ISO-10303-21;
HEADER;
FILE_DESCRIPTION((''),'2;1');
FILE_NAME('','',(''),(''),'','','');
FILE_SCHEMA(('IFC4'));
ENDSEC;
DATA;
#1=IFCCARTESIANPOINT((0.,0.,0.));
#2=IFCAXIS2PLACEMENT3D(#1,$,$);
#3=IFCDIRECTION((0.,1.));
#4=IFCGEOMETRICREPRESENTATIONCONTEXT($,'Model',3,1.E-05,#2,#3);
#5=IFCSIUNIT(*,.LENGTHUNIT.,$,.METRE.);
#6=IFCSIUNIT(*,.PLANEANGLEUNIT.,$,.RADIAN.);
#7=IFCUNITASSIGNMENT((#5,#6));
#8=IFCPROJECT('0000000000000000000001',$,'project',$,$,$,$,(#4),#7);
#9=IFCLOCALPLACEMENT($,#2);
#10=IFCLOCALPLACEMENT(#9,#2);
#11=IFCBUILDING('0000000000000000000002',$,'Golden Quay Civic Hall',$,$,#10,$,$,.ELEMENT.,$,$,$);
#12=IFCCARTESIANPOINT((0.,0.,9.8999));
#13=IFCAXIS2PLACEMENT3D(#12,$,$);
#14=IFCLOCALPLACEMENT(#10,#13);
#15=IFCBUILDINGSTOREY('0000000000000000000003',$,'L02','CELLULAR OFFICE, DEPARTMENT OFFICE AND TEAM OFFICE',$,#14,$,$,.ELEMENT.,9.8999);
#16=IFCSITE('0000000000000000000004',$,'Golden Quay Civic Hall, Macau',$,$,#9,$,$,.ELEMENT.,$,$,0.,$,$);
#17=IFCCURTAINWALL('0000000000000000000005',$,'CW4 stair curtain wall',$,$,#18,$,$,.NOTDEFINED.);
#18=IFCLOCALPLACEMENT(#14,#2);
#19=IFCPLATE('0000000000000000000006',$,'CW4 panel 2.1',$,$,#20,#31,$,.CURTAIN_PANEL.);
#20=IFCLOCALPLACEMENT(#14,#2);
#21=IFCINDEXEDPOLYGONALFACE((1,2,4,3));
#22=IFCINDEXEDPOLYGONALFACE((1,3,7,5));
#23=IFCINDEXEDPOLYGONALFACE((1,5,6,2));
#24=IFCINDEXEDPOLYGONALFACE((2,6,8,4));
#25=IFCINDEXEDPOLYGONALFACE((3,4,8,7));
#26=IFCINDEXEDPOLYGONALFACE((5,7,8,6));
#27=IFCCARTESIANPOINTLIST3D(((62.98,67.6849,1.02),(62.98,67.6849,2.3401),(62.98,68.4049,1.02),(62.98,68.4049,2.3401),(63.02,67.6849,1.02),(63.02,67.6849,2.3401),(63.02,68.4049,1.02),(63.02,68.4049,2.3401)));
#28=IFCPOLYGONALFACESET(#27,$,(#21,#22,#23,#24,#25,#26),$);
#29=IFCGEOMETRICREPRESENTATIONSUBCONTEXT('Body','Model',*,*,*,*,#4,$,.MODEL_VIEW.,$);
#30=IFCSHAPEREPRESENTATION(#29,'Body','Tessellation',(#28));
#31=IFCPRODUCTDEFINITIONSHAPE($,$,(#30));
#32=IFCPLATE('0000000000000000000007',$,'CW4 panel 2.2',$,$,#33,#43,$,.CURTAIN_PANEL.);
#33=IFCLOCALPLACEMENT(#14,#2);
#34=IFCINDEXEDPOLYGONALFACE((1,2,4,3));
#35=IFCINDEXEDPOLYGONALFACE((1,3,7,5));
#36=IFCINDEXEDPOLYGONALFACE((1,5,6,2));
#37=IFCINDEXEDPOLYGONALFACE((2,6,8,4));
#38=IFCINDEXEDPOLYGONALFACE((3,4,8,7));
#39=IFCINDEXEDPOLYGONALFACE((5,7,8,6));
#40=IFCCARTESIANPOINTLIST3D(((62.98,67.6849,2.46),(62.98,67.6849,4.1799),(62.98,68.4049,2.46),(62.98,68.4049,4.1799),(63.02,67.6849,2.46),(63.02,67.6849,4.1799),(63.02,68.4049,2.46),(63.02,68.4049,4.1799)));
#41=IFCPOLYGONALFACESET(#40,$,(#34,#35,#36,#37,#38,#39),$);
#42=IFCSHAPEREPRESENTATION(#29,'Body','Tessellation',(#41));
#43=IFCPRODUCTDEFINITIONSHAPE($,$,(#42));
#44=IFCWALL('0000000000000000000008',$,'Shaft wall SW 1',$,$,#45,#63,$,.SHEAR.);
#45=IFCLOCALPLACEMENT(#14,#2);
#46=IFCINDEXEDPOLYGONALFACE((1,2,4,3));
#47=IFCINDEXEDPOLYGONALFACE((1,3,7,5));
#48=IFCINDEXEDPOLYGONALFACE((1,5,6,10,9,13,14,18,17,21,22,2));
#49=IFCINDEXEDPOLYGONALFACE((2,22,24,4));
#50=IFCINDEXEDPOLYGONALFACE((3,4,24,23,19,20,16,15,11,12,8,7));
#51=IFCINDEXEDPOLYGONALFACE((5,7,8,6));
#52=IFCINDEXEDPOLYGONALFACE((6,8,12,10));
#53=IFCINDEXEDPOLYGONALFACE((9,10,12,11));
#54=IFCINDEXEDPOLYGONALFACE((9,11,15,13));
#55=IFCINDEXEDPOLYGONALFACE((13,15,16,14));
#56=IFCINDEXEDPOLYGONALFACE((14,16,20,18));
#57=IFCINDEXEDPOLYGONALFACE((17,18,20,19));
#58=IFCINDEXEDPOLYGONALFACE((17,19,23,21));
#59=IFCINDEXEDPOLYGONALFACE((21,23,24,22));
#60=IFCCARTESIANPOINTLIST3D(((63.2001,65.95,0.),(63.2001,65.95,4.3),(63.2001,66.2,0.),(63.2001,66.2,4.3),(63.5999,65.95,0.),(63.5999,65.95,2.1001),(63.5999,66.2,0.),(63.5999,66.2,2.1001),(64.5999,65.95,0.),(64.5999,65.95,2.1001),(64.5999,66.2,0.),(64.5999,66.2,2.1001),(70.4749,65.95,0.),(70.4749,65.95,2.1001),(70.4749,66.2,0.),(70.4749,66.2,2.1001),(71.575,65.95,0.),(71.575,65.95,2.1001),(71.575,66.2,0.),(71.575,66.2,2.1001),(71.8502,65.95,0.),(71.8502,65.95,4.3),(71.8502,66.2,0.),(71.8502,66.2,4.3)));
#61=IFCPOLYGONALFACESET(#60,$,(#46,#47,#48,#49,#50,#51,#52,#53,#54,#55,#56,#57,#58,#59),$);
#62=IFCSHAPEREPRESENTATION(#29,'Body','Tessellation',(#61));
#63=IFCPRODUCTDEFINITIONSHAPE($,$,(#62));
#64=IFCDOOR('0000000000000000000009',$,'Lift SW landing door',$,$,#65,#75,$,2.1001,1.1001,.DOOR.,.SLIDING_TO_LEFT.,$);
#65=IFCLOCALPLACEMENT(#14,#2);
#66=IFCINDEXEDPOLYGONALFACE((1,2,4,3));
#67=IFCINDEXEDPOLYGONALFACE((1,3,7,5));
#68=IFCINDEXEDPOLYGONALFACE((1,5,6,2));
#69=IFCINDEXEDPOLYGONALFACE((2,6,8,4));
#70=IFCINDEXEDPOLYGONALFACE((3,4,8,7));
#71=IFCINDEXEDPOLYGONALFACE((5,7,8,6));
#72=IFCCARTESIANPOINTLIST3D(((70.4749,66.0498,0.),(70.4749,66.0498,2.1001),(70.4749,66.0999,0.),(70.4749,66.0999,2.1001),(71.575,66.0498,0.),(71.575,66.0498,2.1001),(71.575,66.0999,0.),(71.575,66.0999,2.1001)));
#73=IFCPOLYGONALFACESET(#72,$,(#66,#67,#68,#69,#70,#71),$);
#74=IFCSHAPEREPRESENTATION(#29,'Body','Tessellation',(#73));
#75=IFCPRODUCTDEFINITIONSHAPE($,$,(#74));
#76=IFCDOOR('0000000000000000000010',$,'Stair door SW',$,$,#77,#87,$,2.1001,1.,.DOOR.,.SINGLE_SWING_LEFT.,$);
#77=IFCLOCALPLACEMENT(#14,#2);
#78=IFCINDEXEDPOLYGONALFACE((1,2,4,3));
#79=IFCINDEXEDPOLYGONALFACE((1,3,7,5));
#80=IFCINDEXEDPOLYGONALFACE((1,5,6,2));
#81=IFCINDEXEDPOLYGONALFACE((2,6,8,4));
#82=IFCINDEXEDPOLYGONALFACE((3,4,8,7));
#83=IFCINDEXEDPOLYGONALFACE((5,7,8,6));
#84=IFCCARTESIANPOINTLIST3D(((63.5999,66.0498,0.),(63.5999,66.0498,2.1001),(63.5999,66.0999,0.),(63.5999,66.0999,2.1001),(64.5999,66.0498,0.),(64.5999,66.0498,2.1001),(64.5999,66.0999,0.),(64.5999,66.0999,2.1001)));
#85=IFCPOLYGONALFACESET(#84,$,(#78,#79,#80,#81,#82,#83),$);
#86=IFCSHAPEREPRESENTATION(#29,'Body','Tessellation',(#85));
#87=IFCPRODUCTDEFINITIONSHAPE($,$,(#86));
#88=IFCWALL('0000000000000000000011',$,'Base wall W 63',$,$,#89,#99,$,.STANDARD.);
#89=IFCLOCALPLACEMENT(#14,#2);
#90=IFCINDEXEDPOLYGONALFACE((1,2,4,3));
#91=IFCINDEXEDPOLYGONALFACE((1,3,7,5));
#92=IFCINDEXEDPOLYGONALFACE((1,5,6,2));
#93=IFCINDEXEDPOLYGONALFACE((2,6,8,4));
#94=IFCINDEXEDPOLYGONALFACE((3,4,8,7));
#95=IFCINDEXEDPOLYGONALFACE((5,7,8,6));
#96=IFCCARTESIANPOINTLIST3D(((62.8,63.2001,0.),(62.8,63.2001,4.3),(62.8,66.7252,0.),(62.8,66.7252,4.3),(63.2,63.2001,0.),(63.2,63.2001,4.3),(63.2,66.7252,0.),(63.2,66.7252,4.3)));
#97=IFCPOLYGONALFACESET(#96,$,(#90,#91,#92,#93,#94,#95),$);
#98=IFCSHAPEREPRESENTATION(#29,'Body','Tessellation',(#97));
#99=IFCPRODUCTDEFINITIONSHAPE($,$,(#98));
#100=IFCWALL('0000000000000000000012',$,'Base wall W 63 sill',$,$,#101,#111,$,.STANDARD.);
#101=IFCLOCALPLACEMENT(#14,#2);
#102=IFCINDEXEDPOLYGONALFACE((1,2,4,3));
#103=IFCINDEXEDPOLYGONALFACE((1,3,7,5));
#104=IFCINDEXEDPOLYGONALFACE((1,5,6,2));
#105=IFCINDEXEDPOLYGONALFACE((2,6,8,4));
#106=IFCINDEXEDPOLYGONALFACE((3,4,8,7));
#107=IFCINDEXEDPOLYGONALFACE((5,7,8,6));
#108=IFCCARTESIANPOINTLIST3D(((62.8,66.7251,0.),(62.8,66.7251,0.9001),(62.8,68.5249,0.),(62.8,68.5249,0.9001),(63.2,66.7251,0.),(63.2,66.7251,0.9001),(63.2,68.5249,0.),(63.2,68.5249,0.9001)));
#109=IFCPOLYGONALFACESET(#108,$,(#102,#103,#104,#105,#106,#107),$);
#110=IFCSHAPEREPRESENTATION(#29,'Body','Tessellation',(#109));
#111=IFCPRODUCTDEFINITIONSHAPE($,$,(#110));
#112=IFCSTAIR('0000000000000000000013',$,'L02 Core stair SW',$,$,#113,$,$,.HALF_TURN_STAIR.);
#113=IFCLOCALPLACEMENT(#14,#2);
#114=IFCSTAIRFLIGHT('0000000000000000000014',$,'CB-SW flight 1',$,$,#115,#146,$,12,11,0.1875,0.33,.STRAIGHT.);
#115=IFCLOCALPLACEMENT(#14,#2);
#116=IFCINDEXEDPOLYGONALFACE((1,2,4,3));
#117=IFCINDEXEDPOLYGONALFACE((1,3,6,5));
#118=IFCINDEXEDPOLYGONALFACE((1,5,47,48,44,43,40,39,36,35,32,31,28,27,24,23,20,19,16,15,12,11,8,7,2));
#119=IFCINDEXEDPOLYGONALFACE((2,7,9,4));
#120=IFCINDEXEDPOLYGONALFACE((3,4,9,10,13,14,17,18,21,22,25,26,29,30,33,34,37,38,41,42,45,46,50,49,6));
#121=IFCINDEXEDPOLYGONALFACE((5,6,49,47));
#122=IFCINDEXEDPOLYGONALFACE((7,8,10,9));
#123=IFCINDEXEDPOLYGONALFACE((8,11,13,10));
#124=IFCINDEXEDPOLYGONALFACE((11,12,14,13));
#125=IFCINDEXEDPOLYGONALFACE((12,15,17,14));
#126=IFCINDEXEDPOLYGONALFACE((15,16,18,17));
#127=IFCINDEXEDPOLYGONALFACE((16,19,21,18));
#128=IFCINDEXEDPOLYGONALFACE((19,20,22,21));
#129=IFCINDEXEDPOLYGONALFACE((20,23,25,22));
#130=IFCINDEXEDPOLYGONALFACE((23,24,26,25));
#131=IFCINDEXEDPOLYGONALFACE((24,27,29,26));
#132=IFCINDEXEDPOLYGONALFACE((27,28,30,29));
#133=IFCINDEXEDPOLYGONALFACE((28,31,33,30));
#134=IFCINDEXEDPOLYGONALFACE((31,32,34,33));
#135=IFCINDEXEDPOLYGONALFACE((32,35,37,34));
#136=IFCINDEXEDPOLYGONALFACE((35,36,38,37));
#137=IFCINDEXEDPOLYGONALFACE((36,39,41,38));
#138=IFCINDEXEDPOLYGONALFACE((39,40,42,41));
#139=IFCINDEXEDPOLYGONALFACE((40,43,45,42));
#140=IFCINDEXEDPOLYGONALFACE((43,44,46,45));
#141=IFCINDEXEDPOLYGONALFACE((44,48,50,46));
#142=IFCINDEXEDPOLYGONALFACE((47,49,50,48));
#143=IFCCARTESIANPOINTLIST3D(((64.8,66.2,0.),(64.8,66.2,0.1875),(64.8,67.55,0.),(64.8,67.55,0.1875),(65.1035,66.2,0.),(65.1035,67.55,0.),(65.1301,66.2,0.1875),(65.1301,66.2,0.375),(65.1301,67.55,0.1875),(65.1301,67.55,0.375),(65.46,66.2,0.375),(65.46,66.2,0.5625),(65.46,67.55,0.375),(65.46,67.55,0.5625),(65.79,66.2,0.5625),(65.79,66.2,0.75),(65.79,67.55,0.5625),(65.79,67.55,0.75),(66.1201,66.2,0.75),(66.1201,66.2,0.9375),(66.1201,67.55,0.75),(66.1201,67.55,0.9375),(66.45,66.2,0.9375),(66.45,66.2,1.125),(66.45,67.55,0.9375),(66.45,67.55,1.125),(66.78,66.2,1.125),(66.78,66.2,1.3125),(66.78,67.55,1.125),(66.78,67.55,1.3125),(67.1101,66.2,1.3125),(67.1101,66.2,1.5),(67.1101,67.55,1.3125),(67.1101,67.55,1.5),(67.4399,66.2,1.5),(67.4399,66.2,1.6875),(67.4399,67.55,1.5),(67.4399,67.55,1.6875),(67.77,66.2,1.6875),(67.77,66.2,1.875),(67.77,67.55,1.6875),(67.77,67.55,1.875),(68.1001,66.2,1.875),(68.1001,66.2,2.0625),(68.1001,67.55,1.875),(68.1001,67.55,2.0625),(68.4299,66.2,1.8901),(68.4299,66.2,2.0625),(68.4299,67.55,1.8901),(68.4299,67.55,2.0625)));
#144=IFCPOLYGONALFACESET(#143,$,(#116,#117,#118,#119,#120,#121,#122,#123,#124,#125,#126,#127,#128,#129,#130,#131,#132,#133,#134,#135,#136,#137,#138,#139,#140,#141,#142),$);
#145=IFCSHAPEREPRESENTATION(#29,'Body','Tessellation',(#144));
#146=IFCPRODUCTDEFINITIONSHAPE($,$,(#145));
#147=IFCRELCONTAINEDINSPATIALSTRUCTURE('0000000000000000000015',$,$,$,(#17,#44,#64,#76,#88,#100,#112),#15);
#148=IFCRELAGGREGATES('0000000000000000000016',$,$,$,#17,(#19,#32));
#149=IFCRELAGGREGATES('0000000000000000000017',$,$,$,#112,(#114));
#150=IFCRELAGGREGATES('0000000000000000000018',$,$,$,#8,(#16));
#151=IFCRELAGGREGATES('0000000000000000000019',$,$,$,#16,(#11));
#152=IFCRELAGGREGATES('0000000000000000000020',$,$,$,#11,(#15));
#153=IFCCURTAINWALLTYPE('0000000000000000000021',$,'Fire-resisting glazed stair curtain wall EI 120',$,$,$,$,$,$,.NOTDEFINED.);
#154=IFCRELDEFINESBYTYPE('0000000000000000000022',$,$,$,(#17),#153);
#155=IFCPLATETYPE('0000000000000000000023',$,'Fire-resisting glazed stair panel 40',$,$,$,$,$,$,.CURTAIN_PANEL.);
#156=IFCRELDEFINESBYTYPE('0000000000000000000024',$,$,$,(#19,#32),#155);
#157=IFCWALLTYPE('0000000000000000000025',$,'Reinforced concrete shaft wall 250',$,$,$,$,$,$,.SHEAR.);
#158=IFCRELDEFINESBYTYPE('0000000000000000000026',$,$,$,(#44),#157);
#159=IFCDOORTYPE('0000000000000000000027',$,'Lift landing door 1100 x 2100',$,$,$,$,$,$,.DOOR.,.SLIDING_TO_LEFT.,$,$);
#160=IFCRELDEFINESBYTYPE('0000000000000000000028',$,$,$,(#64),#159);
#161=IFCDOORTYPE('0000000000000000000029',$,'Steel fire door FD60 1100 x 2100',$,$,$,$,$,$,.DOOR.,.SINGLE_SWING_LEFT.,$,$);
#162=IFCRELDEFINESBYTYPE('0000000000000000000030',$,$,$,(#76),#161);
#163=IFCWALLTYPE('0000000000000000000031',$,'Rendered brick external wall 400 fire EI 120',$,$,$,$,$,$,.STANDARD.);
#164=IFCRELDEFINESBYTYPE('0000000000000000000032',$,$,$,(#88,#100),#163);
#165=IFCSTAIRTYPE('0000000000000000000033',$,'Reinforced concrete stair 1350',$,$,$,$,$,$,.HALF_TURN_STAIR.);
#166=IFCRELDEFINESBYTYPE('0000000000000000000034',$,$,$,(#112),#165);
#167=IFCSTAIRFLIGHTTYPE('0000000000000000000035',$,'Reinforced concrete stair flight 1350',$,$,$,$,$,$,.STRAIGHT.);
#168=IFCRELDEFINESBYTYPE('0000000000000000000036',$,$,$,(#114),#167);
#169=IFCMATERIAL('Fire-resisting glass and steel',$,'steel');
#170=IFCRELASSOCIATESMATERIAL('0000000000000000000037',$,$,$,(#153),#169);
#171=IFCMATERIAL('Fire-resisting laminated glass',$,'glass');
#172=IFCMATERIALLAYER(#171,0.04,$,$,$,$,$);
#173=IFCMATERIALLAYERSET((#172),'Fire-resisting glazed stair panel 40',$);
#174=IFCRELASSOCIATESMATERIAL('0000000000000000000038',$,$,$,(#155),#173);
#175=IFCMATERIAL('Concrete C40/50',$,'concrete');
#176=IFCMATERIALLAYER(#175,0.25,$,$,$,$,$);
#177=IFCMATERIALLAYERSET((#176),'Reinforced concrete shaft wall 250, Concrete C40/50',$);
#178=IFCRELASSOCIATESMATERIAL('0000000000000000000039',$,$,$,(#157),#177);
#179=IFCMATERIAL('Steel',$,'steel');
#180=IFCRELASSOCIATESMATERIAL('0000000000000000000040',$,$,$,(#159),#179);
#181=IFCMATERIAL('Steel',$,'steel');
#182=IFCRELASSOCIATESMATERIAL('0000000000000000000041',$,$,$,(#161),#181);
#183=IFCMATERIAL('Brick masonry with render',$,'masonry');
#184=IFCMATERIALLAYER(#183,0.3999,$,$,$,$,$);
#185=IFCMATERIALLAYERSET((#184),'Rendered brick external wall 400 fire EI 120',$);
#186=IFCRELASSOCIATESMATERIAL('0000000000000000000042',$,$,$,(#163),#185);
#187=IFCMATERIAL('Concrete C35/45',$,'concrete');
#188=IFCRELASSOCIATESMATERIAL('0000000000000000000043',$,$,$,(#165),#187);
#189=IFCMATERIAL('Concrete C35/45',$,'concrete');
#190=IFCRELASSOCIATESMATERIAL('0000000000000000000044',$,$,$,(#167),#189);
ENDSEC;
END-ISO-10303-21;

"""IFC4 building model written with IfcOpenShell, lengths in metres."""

from ifc_helpers import new_model, si_unit, direction, frame, frame_2d, origin, origin_2d, place, context, subcontext, project, spatial, polyline, rectangle, outline, extrude, material, layer, layer_set, type_object, element, fill, aggregate, save


model = new_model("IFC4")

# Units and contexts
model_context = context("Model", 3, precision=1e-05, world=origin(), true_north=direction((0.0, 1.0)))
body_context = subcontext(model_context, "Body", "Model", "MODEL_VIEW")
ifc_project = project(units=[si_unit("LENGTHUNIT", "METRE"), si_unit("PLANEANGLEUNIT", "RADIAN")], contexts=[model_context])

# Site, building, storey
site_placement = place(None, origin())
site = spatial("IfcSite", under=ifc_project, at=site_placement, Name="Golden Quay Civic Hall, Macau", CompositionType="ELEMENT", RefElevation=0.0)
building_placement = place(site_placement, origin())
building = spatial("IfcBuilding", under=site, at=building_placement, Name="Golden Quay Civic Hall", CompositionType="ELEMENT")
storey_placement = place(building_placement, frame((0.0, 0.0, 9.8999)))
storey = spatial("IfcBuildingStorey", under=building, at=storey_placement, Name="L02", Description="CELLULAR OFFICE, DEPARTMENT OFFICE AND TEAM OFFICE", CompositionType="ELEMENT", Elevation=9.8999)

# Curtain wall, plates
ifc_material_1 = material(Name="Fire-resisting glass and steel", Category="steel")
curtain_wall_type = type_object("IfcCurtainWallType", Name="Fire-resisting glazed stair curtain wall EI 120", PredefinedType="NOTDEFINED", material=ifc_material_1)
curtain_wall_placement = place(storey_placement, origin())
curtain_wall = element("IfcCurtainWall", 1, at=curtain_wall_placement, inside=storey, type_object=curtain_wall_type, Name="CW4 stair curtain wall", PredefinedType="NOTDEFINED")
ifc_material_2 = material(Name="Fire-resisting laminated glass", Category="glass")
ifc_layer_1 = layer(ifc_material_2, 0.04)
ifc_layer_set_1 = layer_set([ifc_layer_1], Name="Fire-resisting glazed stair panel 40")
plate_type = type_object("IfcPlateType", Name="Fire-resisting glazed stair panel 40", PredefinedType="CURTAIN_PANEL", material=ifc_layer_set_1)
plate_1_placement = place(storey_placement, frame((63.0, 68.0449, 1.02), z_axis=(0.0, 0.0, 1.0), x_axis=(0.0, 1.0, 0.0)))
plate_1 = element("IfcPlate", 2, at=plate_1_placement, type_object=plate_type, Name="CW4 panel 2.1", PredefinedType="CURTAIN_PANEL", context=body_context, shape_type="SweptSolid", body=[
    extrude(rectangle(XDim=0.72, YDim=0.04, at=origin_2d()), origin(), (0.0, 0.0, 1.0), 1.3201),
])
plate_2_placement = place(storey_placement, frame((63.0, 68.0449, 2.46), z_axis=(0.0, 0.0, 1.0), x_axis=(0.0, 1.0, 0.0)))
plate_2 = element("IfcPlate", 3, at=plate_2_placement, type_object=plate_type, Name="CW4 panel 2.2", PredefinedType="CURTAIN_PANEL", context=body_context, shape_type="SweptSolid", body=[
    extrude(rectangle(XDim=0.72, YDim=0.04, at=origin_2d()), origin(), (0.0, 0.0, 1.0), 1.72),
])
aggregate(curtain_wall, [plate_1, plate_2])

# Wall, openings, doors
ifc_material_3 = material(Name="Concrete C40/50", Category="concrete")
ifc_layer_2 = layer(ifc_material_3, 0.25)
ifc_layer_set_2 = layer_set([ifc_layer_2], Name="Reinforced concrete shaft wall 250, Concrete C40/50")
wall_type_1 = type_object("IfcWallType", Name="Reinforced concrete shaft wall 250", PredefinedType="SHEAR", material=ifc_layer_set_2)
wall_1_placement = place(storey_placement, frame((63.2, 66.075, 0.0), z_axis=(0.0, 0.0, 1.0), x_axis=(1.0, 0.0, 0.0)))
wall_1 = element("IfcWall", 4, at=wall_1_placement, inside=storey, type_object=wall_type_1, Name="Shaft wall SW 1", PredefinedType="SHEAR", context=body_context, shape_type="SweptSolid", body=[
    extrude(rectangle(XDim=8.6501, YDim=0.25, at=frame_2d((4.3252, 0.0))), origin(), (0.0, 0.0, 1.0), 4.3),
])
opening_1_placement = place(wall_1_placement, frame((0.3999, 0.0, 0.0)))
opening_1 = element("IfcOpeningElement", 5, at=opening_1_placement, cuts=wall_1, PredefinedType="OPENING", context=body_context, shape_type="SweptSolid", body=[
    extrude(rectangle(XDim=1.0, YDim=2.1001, at=frame_2d((0.5, 1.05))), frame((0.0, 0.135, 0.0), z_axis=(0.0, -1.0, 0.0), x_axis=(1.0, 0.0, 0.0)), (0.0, 0.0, 1.0), 0.27),
])
opening_2_placement = place(wall_1_placement, frame((7.2749, 0.0, 0.0)))
opening_2 = element("IfcOpeningElement", 6, at=opening_2_placement, cuts=wall_1, PredefinedType="OPENING", context=body_context, shape_type="SweptSolid", body=[
    extrude(rectangle(XDim=1.1001, YDim=2.1001, at=frame_2d((0.55, 1.05))), frame((0.0, 0.135, 0.0), z_axis=(0.0, -1.0, 0.0), x_axis=(1.0, 0.0, 0.0)), (0.0, 0.0, 1.0), 0.27),
])
ifc_material_4 = material(Name="Steel", Category="steel")
door_type_1 = type_object("IfcDoorType", Name="Lift landing door 1100 x 2100", OperationType="SLIDING_TO_LEFT", PredefinedType="DOOR", material=ifc_material_4)
door_1_placement = place(opening_2_placement, frame((1.1001, 0.0, 0.0), z_axis=(0.0, 0.0, 1.0), x_axis=(-1.0, 0.0, 0.0)))
door_1 = element("IfcDoor", 7, at=door_1_placement, inside=storey, type_object=door_type_1, Name="Lift SW landing door", OperationType="SLIDING_TO_LEFT", OverallHeight=2.1001, OverallWidth=1.1001, PredefinedType="DOOR", context=body_context, shape_type="SweptSolid", body=[
    extrude(rectangle(XDim=1.1001, YDim=2.1001, at=frame_2d((0.55, 1.05))), frame((0.0, 0.0251, 0.0), z_axis=(0.0, -1.0, 0.0), x_axis=(1.0, 0.0, 0.0)), (0.0, 0.0, 1.0), 0.05),
])
fill(opening_2, door_1)
ifc_material_5 = material(Name="Steel", Category="steel")
door_type_2 = type_object("IfcDoorType", Name="Steel fire door FD60 1100 x 2100", OperationType="SINGLE_SWING_LEFT", PredefinedType="DOOR", material=ifc_material_5)
door_2_placement = place(opening_1_placement, origin())
door_2 = element("IfcDoor", 8, at=door_2_placement, inside=storey, type_object=door_type_2, Name="Stair door SW", OperationType="SINGLE_SWING_LEFT", OverallHeight=2.1001, OverallWidth=1.0, PredefinedType="DOOR", context=body_context, shape_type="SweptSolid", body=[
    extrude(rectangle(XDim=1.0, YDim=2.1001, at=frame_2d((0.5, 1.05))), frame((0.0, 0.0249, 0.0), z_axis=(0.0, -1.0, 0.0), x_axis=(1.0, 0.0, 0.0)), (0.0, 0.0, 1.0), 0.05),
])
fill(opening_1, door_2)

# Walls
ifc_material_6 = material(Name="Brick masonry with render", Category="masonry")
ifc_layer_3 = layer(ifc_material_6, 0.3999)
ifc_layer_set_3 = layer_set([ifc_layer_3], Name="Rendered brick external wall 400 fire EI 120")
wall_type_2 = type_object("IfcWallType", Name="Rendered brick external wall 400 fire EI 120", PredefinedType="STANDARD", material=ifc_layer_set_3)
wall_2_placement = place(storey_placement, frame((63.0, 63.2, 0.0), z_axis=(0.0, 0.0, 1.0), x_axis=(0.0, 1.0, 0.0)))
element("IfcWall", 9, at=wall_2_placement, inside=storey, type_object=wall_type_2, Name="Base wall W 63", PredefinedType="STANDARD", context=body_context, shape_type="SweptSolid", body=[
    extrude(rectangle(XDim=3.5251, YDim=0.3999, at=frame_2d((1.7627, 0.0))), origin(), (0.0, 0.0, 1.0), 4.3),
])
wall_3_placement = place(storey_placement, frame((63.0, 66.7251, 0.0), z_axis=(0.0, 0.0, 1.0), x_axis=(0.0, 1.0, 0.0)))
element("IfcWall", 10, at=wall_3_placement, inside=storey, type_object=wall_type_2, Name="Base wall W 63 sill", PredefinedType="STANDARD", context=body_context, shape_type="SweptSolid", body=[
    extrude(rectangle(XDim=1.7998, YDim=0.3999, at=frame_2d((0.8999, 0.0))), origin(), (0.0, 0.0, 1.0), 0.9001),
])

# Stair, stair flight
ifc_material_7 = material(Name="Concrete C35/45", Category="concrete")
stair_type = type_object("IfcStairType", Name="Reinforced concrete stair 1350", PredefinedType="HALF_TURN_STAIR", material=ifc_material_7)
stair_placement = place(storey_placement, origin())
stair = element("IfcStair", 11, at=stair_placement, inside=storey, type_object=stair_type, Name="L02 Core stair SW", PredefinedType="HALF_TURN_STAIR")
ifc_material_8 = material(Name="Concrete C35/45", Category="concrete")
stair_flight_type = type_object("IfcStairFlightType", Name="Reinforced concrete stair flight 1350", PredefinedType="STRAIGHT", material=ifc_material_8)
stair_flight_1_placement = place(storey_placement, frame((64.8, 66.875, 0.0), z_axis=(0.0, 0.0, 1.0), x_axis=(1.0, 0.0, 0.0)))
stair_flight_1 = element("IfcStairFlight", 12, at=stair_flight_1_placement, type_object=stair_flight_type, Name="CB-SW flight 1", NumberOfRisers=12, NumberOfTreads=11, PredefinedType="STRAIGHT", RiserHeight=0.1875, TreadLength=0.33, context=body_context, shape_type="SweptSolid", body=[
    extrude(outline(polyline([(0.0, 0.0), (0.0, 0.1875), (0.3301, 0.1875), (0.3301, 0.375), (0.6599, 0.375), (0.6599, 0.5625), (0.99, 0.5625), (0.99, 0.75), (1.3201, 0.75), (1.3201, 0.9375), (1.6499, 0.9375), (1.6499, 1.125), (1.98, 1.125), (1.98, 1.3125), (2.3101, 1.3125), (2.3101, 1.5), (2.6399, 1.5), (2.6399, 1.6875), (2.97, 1.6875), (2.97, 1.875), (3.3, 1.875), (3.3, 2.0625), (3.6299, 2.0625), (3.6299, 2.25), (3.6299, 1.8901), (0.3035, 0.0), (0.0, 0.0)])), frame((0.0, 0.675, 0.0), z_axis=(0.0, -1.0, 0.0), x_axis=(1.0, 0.0, 0.0)), (0.0, 0.0, 1.0), 1.35),
])
aggregate(stair, [stair_flight_1])

save(model, "model.ifc")
